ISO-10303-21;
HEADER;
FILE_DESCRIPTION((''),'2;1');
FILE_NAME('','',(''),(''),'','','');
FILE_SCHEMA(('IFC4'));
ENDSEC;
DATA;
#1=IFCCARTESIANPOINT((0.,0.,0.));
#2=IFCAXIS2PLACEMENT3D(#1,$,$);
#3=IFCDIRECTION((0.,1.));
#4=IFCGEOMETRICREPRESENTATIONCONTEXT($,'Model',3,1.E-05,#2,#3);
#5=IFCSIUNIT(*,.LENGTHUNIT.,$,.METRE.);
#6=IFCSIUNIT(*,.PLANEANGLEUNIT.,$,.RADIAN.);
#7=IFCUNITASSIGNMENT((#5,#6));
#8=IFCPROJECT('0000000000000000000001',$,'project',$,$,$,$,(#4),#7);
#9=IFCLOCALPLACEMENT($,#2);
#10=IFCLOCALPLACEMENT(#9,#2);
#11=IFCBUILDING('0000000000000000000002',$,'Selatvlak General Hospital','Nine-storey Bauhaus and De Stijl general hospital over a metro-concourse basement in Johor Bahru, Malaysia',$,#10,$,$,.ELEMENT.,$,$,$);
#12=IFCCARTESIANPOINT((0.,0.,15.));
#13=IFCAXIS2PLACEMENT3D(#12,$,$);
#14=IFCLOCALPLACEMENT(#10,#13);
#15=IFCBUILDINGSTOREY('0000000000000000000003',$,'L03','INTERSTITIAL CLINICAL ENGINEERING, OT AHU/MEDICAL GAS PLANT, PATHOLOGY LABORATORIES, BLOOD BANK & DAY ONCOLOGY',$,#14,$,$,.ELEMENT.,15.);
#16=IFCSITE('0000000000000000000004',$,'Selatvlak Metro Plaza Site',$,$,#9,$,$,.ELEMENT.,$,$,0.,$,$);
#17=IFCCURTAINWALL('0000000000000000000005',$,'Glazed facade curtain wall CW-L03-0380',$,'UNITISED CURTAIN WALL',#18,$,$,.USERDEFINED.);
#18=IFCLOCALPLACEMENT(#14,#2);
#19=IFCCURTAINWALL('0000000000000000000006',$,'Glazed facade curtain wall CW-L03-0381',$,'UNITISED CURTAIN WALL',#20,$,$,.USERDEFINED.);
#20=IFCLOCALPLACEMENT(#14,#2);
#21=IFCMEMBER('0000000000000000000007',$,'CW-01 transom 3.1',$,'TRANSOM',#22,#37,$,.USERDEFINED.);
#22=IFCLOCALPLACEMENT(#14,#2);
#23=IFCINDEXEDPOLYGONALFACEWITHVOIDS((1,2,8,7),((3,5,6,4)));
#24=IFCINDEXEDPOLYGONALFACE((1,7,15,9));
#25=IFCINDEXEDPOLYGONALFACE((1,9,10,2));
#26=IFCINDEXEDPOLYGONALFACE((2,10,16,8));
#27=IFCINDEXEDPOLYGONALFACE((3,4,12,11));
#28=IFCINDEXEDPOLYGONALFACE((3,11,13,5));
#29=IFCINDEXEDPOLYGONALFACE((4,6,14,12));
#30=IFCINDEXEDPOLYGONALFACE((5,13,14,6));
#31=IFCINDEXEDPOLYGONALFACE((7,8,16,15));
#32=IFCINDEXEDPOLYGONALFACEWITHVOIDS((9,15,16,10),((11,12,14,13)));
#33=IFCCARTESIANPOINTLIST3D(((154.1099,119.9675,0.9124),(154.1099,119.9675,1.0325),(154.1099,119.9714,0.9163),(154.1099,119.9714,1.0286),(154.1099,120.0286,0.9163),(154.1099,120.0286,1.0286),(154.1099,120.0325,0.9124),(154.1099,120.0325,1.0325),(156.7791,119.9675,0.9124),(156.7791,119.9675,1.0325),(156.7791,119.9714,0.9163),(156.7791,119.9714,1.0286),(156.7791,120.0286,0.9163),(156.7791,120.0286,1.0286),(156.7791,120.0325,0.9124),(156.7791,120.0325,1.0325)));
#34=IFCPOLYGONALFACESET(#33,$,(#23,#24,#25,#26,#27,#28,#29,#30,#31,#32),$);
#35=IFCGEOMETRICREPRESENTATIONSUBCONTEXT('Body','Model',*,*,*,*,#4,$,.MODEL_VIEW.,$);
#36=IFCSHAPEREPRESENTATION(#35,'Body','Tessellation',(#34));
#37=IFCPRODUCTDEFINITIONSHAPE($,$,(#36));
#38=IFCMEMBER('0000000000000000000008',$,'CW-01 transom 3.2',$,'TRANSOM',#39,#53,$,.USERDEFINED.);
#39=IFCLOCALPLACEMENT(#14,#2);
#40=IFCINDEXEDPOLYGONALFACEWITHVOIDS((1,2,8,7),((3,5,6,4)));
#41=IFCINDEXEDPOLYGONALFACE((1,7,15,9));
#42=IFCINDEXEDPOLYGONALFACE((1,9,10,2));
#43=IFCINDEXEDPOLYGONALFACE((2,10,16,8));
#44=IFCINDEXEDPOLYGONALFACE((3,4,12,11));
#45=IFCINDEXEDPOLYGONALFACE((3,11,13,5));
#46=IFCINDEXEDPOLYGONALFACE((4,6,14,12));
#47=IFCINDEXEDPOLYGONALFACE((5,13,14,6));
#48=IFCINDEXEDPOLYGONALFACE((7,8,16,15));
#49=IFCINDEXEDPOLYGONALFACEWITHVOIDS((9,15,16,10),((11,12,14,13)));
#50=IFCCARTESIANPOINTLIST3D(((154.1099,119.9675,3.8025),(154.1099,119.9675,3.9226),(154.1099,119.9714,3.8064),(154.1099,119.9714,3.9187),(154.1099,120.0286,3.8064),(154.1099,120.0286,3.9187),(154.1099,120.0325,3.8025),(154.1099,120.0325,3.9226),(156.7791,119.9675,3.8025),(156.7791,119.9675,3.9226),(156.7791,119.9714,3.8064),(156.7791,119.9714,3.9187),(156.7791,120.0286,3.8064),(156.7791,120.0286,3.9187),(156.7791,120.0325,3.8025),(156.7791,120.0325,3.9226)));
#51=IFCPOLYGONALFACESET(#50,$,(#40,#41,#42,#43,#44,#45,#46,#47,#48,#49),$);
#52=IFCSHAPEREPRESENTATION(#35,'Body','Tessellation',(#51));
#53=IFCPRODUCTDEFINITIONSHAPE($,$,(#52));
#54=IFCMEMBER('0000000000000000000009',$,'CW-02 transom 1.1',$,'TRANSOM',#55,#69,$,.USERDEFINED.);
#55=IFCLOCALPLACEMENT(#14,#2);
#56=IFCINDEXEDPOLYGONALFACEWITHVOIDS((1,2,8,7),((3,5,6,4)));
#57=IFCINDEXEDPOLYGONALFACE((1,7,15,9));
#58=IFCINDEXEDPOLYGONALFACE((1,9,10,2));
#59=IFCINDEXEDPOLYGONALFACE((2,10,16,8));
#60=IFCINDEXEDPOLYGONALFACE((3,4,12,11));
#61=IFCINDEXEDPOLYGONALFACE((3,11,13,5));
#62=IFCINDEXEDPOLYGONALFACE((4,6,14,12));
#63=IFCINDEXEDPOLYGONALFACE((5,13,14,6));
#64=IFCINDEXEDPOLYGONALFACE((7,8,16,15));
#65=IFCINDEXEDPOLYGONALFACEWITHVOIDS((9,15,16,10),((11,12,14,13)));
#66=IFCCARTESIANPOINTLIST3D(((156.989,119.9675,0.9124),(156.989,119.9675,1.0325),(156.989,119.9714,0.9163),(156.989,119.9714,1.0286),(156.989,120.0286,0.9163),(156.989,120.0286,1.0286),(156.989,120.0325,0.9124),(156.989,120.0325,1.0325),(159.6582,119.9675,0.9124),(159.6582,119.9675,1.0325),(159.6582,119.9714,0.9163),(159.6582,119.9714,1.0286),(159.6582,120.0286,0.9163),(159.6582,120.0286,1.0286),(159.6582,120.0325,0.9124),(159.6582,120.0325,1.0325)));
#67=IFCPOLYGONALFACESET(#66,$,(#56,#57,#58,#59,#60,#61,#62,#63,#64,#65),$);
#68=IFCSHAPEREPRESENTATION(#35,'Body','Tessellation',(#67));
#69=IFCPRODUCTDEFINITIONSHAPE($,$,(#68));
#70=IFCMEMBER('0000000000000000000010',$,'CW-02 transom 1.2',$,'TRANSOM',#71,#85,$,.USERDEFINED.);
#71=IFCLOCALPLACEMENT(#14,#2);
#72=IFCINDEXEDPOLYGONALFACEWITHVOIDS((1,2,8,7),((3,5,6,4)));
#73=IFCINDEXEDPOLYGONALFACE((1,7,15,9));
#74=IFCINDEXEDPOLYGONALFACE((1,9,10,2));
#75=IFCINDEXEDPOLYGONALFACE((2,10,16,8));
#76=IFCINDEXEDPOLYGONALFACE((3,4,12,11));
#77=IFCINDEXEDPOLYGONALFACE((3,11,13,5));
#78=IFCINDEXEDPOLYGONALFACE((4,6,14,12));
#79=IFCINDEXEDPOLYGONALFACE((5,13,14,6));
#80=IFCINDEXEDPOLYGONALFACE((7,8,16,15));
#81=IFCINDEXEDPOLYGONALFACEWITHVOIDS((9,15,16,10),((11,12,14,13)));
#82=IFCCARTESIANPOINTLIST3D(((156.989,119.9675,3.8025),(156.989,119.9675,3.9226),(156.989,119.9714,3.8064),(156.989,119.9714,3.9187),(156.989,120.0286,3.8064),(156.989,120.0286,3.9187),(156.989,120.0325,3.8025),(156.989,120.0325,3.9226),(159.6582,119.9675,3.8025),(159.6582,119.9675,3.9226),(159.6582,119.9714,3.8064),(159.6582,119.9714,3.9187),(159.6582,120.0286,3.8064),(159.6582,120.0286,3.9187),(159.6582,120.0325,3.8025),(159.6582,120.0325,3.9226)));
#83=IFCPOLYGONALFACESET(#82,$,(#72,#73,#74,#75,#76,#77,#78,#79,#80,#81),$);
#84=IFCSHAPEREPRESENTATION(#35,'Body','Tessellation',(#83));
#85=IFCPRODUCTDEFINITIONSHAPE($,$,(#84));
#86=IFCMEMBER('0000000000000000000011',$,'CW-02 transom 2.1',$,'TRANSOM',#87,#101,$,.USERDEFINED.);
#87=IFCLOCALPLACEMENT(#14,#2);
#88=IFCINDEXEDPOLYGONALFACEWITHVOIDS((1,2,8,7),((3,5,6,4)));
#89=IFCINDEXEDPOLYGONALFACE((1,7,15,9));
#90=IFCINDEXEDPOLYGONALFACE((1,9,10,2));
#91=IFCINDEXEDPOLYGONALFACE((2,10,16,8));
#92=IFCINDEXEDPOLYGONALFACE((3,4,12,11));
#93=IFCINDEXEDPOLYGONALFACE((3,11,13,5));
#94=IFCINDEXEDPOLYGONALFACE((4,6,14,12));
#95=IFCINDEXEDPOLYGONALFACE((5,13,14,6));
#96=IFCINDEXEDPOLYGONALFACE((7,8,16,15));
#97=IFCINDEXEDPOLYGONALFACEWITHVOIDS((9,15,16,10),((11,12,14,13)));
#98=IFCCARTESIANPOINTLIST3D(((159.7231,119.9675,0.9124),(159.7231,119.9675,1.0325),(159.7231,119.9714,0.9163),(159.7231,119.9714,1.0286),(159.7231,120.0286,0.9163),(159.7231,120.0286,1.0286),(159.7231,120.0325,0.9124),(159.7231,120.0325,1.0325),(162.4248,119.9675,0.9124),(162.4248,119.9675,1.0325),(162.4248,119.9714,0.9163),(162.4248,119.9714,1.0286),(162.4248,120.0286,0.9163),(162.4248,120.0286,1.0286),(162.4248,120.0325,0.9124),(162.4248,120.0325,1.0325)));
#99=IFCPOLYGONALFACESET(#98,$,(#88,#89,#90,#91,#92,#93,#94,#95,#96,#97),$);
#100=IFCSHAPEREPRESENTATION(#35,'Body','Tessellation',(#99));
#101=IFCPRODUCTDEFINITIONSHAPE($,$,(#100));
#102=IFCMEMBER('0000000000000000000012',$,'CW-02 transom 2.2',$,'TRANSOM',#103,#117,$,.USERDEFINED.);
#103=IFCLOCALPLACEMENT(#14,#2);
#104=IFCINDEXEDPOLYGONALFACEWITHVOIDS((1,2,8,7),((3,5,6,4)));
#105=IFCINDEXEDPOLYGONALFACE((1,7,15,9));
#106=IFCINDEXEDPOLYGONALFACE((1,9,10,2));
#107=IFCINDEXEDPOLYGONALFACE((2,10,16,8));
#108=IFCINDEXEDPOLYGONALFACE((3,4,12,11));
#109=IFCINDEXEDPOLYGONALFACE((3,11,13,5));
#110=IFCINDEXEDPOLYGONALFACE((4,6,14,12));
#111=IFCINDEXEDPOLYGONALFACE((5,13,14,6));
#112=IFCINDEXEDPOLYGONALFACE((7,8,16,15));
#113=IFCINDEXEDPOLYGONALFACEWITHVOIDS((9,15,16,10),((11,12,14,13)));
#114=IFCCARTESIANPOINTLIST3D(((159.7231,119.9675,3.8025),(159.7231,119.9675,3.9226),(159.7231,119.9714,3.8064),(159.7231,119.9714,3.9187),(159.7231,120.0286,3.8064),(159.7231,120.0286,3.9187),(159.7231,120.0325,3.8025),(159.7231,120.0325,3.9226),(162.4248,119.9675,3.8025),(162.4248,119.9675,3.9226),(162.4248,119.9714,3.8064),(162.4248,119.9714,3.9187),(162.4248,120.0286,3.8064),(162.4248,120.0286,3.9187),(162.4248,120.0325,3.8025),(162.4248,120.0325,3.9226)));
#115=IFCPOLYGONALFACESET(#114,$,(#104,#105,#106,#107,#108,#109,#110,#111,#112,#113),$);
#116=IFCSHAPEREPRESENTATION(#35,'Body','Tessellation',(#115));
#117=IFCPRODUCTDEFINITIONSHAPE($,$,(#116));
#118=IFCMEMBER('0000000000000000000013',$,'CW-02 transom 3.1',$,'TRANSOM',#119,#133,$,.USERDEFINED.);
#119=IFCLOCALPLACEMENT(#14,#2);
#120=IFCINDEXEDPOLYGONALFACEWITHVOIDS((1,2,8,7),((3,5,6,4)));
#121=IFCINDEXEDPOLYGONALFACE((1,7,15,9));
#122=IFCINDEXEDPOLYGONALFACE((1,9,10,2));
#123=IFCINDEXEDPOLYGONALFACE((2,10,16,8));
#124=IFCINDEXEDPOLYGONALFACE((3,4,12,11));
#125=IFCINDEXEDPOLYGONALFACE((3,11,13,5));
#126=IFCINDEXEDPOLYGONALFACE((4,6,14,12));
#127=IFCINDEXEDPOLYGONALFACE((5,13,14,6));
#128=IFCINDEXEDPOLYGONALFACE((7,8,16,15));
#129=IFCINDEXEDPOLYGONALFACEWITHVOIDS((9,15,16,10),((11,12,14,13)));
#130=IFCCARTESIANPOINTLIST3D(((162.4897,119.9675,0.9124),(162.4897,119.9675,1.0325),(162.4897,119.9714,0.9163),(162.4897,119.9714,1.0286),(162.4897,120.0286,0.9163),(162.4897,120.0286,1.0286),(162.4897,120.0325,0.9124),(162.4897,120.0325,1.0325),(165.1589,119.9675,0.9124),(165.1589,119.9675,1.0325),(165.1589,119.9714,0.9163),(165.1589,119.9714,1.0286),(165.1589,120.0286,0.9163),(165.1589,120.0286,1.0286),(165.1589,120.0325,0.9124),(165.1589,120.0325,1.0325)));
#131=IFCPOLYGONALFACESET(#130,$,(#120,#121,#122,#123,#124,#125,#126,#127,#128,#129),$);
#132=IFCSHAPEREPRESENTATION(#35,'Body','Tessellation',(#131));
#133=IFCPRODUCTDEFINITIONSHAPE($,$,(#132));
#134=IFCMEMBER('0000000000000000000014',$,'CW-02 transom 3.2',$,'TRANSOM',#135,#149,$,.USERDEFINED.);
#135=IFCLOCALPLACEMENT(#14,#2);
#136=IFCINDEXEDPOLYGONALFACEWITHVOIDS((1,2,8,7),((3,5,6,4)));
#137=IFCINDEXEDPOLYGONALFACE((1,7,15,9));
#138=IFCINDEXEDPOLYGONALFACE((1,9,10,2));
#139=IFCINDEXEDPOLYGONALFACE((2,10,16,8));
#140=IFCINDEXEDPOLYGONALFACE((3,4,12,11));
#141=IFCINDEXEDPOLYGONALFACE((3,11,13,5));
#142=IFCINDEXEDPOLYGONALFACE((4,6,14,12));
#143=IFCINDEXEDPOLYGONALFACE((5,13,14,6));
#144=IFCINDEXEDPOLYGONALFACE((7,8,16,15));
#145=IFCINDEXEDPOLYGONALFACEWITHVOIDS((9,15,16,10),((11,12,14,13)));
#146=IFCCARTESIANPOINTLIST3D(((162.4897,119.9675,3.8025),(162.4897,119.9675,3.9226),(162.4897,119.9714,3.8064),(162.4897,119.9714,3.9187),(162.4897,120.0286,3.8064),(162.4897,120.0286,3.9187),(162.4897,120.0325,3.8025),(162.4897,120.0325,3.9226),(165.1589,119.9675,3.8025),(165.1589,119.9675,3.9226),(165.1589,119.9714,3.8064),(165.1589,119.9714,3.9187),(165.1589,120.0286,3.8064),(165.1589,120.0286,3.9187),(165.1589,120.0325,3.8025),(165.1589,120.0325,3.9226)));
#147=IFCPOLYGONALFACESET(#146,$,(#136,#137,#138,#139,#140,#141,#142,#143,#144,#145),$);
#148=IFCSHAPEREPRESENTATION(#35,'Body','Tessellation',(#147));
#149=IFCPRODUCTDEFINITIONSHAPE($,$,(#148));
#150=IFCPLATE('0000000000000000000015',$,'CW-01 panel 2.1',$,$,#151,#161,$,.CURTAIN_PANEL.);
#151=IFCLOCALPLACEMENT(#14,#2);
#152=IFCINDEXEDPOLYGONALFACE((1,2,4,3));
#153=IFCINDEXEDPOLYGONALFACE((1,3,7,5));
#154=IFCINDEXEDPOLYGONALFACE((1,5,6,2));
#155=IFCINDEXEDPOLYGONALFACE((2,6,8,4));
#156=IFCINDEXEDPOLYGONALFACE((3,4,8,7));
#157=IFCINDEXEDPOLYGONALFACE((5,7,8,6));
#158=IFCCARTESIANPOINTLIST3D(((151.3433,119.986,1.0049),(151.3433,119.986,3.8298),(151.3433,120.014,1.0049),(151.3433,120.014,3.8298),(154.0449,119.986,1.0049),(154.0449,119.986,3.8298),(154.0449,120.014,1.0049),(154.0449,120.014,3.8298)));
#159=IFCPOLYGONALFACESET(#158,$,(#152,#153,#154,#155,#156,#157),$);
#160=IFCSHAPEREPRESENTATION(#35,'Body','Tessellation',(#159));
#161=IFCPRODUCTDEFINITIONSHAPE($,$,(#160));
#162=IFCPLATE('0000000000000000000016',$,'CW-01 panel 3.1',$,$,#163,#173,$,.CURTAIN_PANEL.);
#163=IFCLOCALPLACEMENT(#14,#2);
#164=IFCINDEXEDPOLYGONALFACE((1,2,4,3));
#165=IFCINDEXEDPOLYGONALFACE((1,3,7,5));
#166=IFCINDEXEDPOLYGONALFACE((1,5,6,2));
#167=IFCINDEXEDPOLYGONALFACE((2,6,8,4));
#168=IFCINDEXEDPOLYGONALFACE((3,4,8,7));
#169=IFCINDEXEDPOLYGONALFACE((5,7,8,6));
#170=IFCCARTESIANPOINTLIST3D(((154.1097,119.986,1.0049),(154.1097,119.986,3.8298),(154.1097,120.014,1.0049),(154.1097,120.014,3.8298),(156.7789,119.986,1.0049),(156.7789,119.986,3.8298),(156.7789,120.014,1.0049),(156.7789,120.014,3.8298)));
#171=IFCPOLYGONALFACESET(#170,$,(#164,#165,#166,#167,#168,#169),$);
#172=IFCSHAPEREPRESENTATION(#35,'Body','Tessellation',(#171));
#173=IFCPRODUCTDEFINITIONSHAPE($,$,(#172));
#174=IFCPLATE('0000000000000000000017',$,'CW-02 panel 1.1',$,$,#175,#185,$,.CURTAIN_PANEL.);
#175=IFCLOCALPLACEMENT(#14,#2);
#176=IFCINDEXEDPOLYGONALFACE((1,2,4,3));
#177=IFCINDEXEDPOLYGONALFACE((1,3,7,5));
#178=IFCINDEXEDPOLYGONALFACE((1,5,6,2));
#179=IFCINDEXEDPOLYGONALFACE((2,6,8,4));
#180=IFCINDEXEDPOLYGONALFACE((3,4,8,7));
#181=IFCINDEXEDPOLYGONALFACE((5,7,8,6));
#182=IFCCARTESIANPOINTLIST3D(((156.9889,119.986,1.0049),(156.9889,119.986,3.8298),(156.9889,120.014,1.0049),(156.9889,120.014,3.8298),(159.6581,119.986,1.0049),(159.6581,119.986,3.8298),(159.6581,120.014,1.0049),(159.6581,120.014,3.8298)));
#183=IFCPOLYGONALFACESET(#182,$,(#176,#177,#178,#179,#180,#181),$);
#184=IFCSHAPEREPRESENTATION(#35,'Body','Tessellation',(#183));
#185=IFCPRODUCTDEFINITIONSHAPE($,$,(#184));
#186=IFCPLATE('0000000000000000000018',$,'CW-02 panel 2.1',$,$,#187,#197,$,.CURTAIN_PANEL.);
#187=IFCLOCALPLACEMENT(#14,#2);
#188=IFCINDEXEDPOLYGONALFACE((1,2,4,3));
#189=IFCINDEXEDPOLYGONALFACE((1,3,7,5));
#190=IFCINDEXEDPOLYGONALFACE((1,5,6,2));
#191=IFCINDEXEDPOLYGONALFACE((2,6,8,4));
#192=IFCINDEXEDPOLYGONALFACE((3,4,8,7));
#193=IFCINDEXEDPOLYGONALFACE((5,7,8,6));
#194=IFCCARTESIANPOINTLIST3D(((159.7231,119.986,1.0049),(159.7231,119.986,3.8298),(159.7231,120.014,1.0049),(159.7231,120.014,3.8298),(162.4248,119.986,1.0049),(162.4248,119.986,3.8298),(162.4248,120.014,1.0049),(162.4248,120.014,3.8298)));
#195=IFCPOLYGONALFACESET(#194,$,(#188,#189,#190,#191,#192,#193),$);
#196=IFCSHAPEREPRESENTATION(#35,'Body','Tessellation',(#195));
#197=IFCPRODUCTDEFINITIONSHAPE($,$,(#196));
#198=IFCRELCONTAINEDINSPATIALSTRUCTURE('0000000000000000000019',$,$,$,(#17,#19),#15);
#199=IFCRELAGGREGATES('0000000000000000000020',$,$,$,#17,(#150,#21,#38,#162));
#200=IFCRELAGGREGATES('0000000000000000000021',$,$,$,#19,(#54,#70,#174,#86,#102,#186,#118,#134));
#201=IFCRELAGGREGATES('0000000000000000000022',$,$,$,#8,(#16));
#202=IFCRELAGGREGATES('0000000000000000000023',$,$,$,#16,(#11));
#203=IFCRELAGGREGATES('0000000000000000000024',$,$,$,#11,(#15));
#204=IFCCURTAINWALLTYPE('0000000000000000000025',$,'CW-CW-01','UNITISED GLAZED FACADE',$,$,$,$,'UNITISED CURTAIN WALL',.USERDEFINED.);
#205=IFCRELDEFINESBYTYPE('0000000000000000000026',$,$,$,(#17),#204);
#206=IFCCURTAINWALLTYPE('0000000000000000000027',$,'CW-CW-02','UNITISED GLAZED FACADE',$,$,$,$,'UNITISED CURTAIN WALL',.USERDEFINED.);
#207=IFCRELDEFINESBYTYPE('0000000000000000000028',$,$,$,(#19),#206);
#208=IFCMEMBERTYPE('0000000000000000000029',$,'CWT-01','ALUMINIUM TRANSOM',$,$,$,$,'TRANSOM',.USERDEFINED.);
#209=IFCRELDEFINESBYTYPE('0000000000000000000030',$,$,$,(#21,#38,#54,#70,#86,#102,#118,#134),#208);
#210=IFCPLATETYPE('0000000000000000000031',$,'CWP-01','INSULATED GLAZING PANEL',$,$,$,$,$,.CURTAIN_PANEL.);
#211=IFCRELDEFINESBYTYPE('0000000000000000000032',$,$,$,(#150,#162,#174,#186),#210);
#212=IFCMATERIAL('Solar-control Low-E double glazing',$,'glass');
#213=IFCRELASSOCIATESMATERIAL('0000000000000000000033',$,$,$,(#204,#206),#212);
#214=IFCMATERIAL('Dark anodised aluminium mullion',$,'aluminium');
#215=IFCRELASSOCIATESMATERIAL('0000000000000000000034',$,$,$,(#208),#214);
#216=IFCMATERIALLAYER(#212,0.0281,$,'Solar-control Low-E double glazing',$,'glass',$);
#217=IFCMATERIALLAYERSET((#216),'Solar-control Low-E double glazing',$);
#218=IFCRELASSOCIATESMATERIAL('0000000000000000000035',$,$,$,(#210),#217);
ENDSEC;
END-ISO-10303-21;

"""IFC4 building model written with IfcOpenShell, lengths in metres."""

from ifc_helpers import new_model, si_unit, direction, frame, origin, origin_2d, place, context, subcontext, project, spatial, rectangle, hollow_rectangle, extrude, material, layer, layer_set, material_profile, profile_set, type_object, element, aggregate, save


model = new_model("IFC4")

# Units and contexts
model_context = context("Model", 3, precision=1e-05, world=origin(), true_north=direction((0.0, 1.0)))
body_context = subcontext(model_context, "Body", "Model", "MODEL_VIEW")
ifc_project = project(units=[si_unit("LENGTHUNIT", "METRE"), si_unit("PLANEANGLEUNIT", "RADIAN")], contexts=[model_context])

# Site, building, storey
site_placement = place(None, origin())
site = spatial("IfcSite", under=ifc_project, at=site_placement, Name="Selatvlak Metro Plaza Site", CompositionType="ELEMENT", RefElevation=0.0)
building_placement = place(site_placement, origin())
building = spatial("IfcBuilding", under=site, at=building_placement, Name="Selatvlak General Hospital", Description="Nine-storey Bauhaus and De Stijl general hospital over a metro-concourse basement in Johor Bahru, Malaysia", CompositionType="ELEMENT")
storey_placement = place(building_placement, frame((0.0, 0.0, 15.0)))
storey = spatial("IfcBuildingStorey", under=building, at=storey_placement, Name="L03", Description="INTERSTITIAL CLINICAL ENGINEERING, OT AHU/MEDICAL GAS PLANT, PATHOLOGY LABORATORIES, BLOOD BANK & DAY ONCOLOGY", CompositionType="ELEMENT", Elevation=15.0)

# Curtain walls
ifc_material_1 = material(Name="Solar-control Low-E double glazing", Category="glass")
curtain_wall_type_1 = type_object("IfcCurtainWallType", Name="CW-CW-01", Description="UNITISED GLAZED FACADE", ElementType="UNITISED CURTAIN WALL", PredefinedType="USERDEFINED", material=ifc_material_1)
curtain_wall_1_placement = place(storey_placement, origin())
curtain_wall_1 = element("IfcCurtainWall", 1, at=curtain_wall_1_placement, inside=storey, type_object=curtain_wall_type_1, Name="Glazed facade curtain wall CW-L03-0380", ObjectType="UNITISED CURTAIN WALL", PredefinedType="USERDEFINED")
ifc_material_2 = material(Name="Dark anodised aluminium mullion", Category="aluminium")
curtain_wall_type_2 = type_object("IfcCurtainWallType", Name="CW-CW-02", Description="UNITISED GLAZED FACADE", ElementType="UNITISED CURTAIN WALL", PredefinedType="USERDEFINED", material=ifc_material_1)
curtain_wall_2_placement = place(storey_placement, origin())
curtain_wall_2 = element("IfcCurtainWall", 2, at=curtain_wall_2_placement, inside=storey, type_object=curtain_wall_type_2, Name="Glazed facade curtain wall CW-L03-0381", ObjectType="UNITISED CURTAIN WALL", PredefinedType="USERDEFINED")

# Members
ifc_material_profile_1 = material_profile(ifc_material_2, hollow_rectangle(XDim=0.0649, YDim=0.1201, WallThickness=0.0039, at=origin_2d()), Name="AL-TRN 65x120x4")
ifc_profile_set_1 = profile_set([ifc_material_profile_1], Name="Dark anodised aluminium mullion")
member_type_1 = type_object("IfcMemberType", Name="CWT-01", Description="ALUMINIUM TRANSOM", ElementType="TRANSOM", PredefinedType="USERDEFINED", material=ifc_profile_set_1)
member_1_placement = place(storey_placement, frame((154.1099, 120.0, 0.9724), z_axis=(1.0, 0.0, 0.0), x_axis=(0.0, 1.0, 0.0)))
member_1 = element("IfcMember", 3, at=member_1_placement, type_object=member_type_1, Name="CW-01 transom 3.1", ObjectType="TRANSOM", PredefinedType="USERDEFINED", context=body_context, shape_type="SweptSolid", body=[
    extrude(hollow_rectangle(XDim=0.0649, YDim=0.1201, WallThickness=0.0039, at=origin_2d()), origin(), (0.0, 0.0, 1.0), 2.6692),
])
member_2_placement = place(storey_placement, frame((154.1099, 120.0, 3.8625), z_axis=(1.0, 0.0, 0.0), x_axis=(0.0, 1.0, 0.0)))
member_2 = element("IfcMember", 4, at=member_2_placement, type_object=member_type_1, Name="CW-01 transom 3.2", ObjectType="TRANSOM", PredefinedType="USERDEFINED", context=body_context, shape_type="SweptSolid", body=[
    extrude(hollow_rectangle(XDim=0.0649, YDim=0.1201, WallThickness=0.0039, at=origin_2d()), origin(), (0.0, 0.0, 1.0), 2.6692),
])
member_3_placement = place(storey_placement, frame((156.989, 120.0, 0.9724), z_axis=(1.0, 0.0, 0.0), x_axis=(0.0, 1.0, 0.0)))
member_3 = element("IfcMember", 5, at=member_3_placement, type_object=member_type_1, Name="CW-02 transom 1.1", ObjectType="TRANSOM", PredefinedType="USERDEFINED", context=body_context, shape_type="SweptSolid", body=[
    extrude(hollow_rectangle(XDim=0.0649, YDim=0.1201, WallThickness=0.0039, at=origin_2d()), origin(), (0.0, 0.0, 1.0), 2.6692),
])
member_4_placement = place(storey_placement, frame((156.989, 120.0, 3.8625), z_axis=(1.0, 0.0, 0.0), x_axis=(0.0, 1.0, 0.0)))
member_4 = element("IfcMember", 6, at=member_4_placement, type_object=member_type_1, Name="CW-02 transom 1.2", ObjectType="TRANSOM", PredefinedType="USERDEFINED", context=body_context, shape_type="SweptSolid", body=[
    extrude(hollow_rectangle(XDim=0.0649, YDim=0.1201, WallThickness=0.0039, at=origin_2d()), origin(), (0.0, 0.0, 1.0), 2.6692),
])
member_5_placement = place(storey_placement, frame((159.7231, 120.0, 0.9724), z_axis=(1.0, 0.0, 0.0), x_axis=(0.0, 1.0, 0.0)))
member_5 = element("IfcMember", 7, at=member_5_placement, type_object=member_type_1, Name="CW-02 transom 2.1", ObjectType="TRANSOM", PredefinedType="USERDEFINED", context=body_context, shape_type="SweptSolid", body=[
    extrude(hollow_rectangle(XDim=0.0649, YDim=0.1201, WallThickness=0.0039, at=origin_2d()), origin(), (0.0, 0.0, 1.0), 2.7017),
])
member_6_placement = place(storey_placement, frame((159.7231, 120.0, 3.8625), z_axis=(1.0, 0.0, 0.0), x_axis=(0.0, 1.0, 0.0)))
member_6 = element("IfcMember", 8, at=member_6_placement, type_object=member_type_1, Name="CW-02 transom 2.2", ObjectType="TRANSOM", PredefinedType="USERDEFINED", context=body_context, shape_type="SweptSolid", body=[
    extrude(hollow_rectangle(XDim=0.0649, YDim=0.1201, WallThickness=0.0039, at=origin_2d()), origin(), (0.0, 0.0, 1.0), 2.7017),
])
member_7_placement = place(storey_placement, frame((162.4897, 120.0, 0.9724), z_axis=(1.0, 0.0, 0.0), x_axis=(0.0, 1.0, 0.0)))
member_7 = element("IfcMember", 9, at=member_7_placement, type_object=member_type_1, Name="CW-02 transom 3.1", ObjectType="TRANSOM", PredefinedType="USERDEFINED", context=body_context, shape_type="SweptSolid", body=[
    extrude(hollow_rectangle(XDim=0.0649, YDim=0.1201, WallThickness=0.0039, at=origin_2d()), origin(), (0.0, 0.0, 1.0), 2.6692),
])
member_8_placement = place(storey_placement, frame((162.4897, 120.0, 3.8625), z_axis=(1.0, 0.0, 0.0), x_axis=(0.0, 1.0, 0.0)))
member_8 = element("IfcMember", 10, at=member_8_placement, type_object=member_type_1, Name="CW-02 transom 3.2", ObjectType="TRANSOM", PredefinedType="USERDEFINED", context=body_context, shape_type="SweptSolid", body=[
    extrude(hollow_rectangle(XDim=0.0649, YDim=0.1201, WallThickness=0.0039, at=origin_2d()), origin(), (0.0, 0.0, 1.0), 2.6692),
])

# Plates
ifc_layer_1 = layer(ifc_material_1, 0.0281, Name="Solar-control Low-E double glazing", Category="glass")
ifc_layer_set_1 = layer_set([ifc_layer_1], Name="Solar-control Low-E double glazing")
plate_type = type_object("IfcPlateType", Name="CWP-01", Description="INSULATED GLAZING PANEL", PredefinedType="CURTAIN_PANEL", material=ifc_layer_set_1)
plate_1_placement = place(storey_placement, frame((152.6941, 120.0, 1.0049), z_axis=(0.0, 0.0, 1.0), x_axis=(1.0, 0.0, 0.0)))
plate_1 = element("IfcPlate", 11, at=plate_1_placement, type_object=plate_type, Name="CW-01 panel 2.1", PredefinedType="CURTAIN_PANEL", context=body_context, shape_type="SweptSolid", body=[
    extrude(rectangle(XDim=2.7017, YDim=0.0281, at=origin_2d()), origin(), (0.0, 0.0, 1.0), 2.825),
])
plate_2_placement = place(storey_placement, frame((155.4443, 120.0, 1.0049), z_axis=(0.0, 0.0, 1.0), x_axis=(1.0, 0.0, 0.0)))
plate_2 = element("IfcPlate", 12, at=plate_2_placement, type_object=plate_type, Name="CW-01 panel 3.1", PredefinedType="CURTAIN_PANEL", context=body_context, shape_type="SweptSolid", body=[
    extrude(rectangle(XDim=2.6692, YDim=0.0281, at=origin_2d()), origin(), (0.0, 0.0, 1.0), 2.825),
])
aggregate(curtain_wall_1, [plate_1, member_1, member_2, plate_2])
plate_3_placement = place(storey_placement, frame((158.3235, 120.0, 1.0049), z_axis=(0.0, 0.0, 1.0), x_axis=(1.0, 0.0, 0.0)))
plate_3 = element("IfcPlate", 13, at=plate_3_placement, type_object=plate_type, Name="CW-02 panel 1.1", PredefinedType="CURTAIN_PANEL", context=body_context, shape_type="SweptSolid", body=[
    extrude(rectangle(XDim=2.6692, YDim=0.0281, at=origin_2d()), origin(), (0.0, 0.0, 1.0), 2.825),
])
plate_4_placement = place(storey_placement, frame((161.074, 120.0, 1.0049), z_axis=(0.0, 0.0, 1.0), x_axis=(1.0, 0.0, 0.0)))
plate_4 = element("IfcPlate", 14, at=plate_4_placement, type_object=plate_type, Name="CW-02 panel 2.1", PredefinedType="CURTAIN_PANEL", context=body_context, shape_type="SweptSolid", body=[
    extrude(rectangle(XDim=2.7017, YDim=0.0281, at=origin_2d()), origin(), (0.0, 0.0, 1.0), 2.825),
])
aggregate(curtain_wall_2, [member_3, member_4, plate_3, member_5, member_6, plate_4, member_7, member_8])

save(model, "model.ifc")
